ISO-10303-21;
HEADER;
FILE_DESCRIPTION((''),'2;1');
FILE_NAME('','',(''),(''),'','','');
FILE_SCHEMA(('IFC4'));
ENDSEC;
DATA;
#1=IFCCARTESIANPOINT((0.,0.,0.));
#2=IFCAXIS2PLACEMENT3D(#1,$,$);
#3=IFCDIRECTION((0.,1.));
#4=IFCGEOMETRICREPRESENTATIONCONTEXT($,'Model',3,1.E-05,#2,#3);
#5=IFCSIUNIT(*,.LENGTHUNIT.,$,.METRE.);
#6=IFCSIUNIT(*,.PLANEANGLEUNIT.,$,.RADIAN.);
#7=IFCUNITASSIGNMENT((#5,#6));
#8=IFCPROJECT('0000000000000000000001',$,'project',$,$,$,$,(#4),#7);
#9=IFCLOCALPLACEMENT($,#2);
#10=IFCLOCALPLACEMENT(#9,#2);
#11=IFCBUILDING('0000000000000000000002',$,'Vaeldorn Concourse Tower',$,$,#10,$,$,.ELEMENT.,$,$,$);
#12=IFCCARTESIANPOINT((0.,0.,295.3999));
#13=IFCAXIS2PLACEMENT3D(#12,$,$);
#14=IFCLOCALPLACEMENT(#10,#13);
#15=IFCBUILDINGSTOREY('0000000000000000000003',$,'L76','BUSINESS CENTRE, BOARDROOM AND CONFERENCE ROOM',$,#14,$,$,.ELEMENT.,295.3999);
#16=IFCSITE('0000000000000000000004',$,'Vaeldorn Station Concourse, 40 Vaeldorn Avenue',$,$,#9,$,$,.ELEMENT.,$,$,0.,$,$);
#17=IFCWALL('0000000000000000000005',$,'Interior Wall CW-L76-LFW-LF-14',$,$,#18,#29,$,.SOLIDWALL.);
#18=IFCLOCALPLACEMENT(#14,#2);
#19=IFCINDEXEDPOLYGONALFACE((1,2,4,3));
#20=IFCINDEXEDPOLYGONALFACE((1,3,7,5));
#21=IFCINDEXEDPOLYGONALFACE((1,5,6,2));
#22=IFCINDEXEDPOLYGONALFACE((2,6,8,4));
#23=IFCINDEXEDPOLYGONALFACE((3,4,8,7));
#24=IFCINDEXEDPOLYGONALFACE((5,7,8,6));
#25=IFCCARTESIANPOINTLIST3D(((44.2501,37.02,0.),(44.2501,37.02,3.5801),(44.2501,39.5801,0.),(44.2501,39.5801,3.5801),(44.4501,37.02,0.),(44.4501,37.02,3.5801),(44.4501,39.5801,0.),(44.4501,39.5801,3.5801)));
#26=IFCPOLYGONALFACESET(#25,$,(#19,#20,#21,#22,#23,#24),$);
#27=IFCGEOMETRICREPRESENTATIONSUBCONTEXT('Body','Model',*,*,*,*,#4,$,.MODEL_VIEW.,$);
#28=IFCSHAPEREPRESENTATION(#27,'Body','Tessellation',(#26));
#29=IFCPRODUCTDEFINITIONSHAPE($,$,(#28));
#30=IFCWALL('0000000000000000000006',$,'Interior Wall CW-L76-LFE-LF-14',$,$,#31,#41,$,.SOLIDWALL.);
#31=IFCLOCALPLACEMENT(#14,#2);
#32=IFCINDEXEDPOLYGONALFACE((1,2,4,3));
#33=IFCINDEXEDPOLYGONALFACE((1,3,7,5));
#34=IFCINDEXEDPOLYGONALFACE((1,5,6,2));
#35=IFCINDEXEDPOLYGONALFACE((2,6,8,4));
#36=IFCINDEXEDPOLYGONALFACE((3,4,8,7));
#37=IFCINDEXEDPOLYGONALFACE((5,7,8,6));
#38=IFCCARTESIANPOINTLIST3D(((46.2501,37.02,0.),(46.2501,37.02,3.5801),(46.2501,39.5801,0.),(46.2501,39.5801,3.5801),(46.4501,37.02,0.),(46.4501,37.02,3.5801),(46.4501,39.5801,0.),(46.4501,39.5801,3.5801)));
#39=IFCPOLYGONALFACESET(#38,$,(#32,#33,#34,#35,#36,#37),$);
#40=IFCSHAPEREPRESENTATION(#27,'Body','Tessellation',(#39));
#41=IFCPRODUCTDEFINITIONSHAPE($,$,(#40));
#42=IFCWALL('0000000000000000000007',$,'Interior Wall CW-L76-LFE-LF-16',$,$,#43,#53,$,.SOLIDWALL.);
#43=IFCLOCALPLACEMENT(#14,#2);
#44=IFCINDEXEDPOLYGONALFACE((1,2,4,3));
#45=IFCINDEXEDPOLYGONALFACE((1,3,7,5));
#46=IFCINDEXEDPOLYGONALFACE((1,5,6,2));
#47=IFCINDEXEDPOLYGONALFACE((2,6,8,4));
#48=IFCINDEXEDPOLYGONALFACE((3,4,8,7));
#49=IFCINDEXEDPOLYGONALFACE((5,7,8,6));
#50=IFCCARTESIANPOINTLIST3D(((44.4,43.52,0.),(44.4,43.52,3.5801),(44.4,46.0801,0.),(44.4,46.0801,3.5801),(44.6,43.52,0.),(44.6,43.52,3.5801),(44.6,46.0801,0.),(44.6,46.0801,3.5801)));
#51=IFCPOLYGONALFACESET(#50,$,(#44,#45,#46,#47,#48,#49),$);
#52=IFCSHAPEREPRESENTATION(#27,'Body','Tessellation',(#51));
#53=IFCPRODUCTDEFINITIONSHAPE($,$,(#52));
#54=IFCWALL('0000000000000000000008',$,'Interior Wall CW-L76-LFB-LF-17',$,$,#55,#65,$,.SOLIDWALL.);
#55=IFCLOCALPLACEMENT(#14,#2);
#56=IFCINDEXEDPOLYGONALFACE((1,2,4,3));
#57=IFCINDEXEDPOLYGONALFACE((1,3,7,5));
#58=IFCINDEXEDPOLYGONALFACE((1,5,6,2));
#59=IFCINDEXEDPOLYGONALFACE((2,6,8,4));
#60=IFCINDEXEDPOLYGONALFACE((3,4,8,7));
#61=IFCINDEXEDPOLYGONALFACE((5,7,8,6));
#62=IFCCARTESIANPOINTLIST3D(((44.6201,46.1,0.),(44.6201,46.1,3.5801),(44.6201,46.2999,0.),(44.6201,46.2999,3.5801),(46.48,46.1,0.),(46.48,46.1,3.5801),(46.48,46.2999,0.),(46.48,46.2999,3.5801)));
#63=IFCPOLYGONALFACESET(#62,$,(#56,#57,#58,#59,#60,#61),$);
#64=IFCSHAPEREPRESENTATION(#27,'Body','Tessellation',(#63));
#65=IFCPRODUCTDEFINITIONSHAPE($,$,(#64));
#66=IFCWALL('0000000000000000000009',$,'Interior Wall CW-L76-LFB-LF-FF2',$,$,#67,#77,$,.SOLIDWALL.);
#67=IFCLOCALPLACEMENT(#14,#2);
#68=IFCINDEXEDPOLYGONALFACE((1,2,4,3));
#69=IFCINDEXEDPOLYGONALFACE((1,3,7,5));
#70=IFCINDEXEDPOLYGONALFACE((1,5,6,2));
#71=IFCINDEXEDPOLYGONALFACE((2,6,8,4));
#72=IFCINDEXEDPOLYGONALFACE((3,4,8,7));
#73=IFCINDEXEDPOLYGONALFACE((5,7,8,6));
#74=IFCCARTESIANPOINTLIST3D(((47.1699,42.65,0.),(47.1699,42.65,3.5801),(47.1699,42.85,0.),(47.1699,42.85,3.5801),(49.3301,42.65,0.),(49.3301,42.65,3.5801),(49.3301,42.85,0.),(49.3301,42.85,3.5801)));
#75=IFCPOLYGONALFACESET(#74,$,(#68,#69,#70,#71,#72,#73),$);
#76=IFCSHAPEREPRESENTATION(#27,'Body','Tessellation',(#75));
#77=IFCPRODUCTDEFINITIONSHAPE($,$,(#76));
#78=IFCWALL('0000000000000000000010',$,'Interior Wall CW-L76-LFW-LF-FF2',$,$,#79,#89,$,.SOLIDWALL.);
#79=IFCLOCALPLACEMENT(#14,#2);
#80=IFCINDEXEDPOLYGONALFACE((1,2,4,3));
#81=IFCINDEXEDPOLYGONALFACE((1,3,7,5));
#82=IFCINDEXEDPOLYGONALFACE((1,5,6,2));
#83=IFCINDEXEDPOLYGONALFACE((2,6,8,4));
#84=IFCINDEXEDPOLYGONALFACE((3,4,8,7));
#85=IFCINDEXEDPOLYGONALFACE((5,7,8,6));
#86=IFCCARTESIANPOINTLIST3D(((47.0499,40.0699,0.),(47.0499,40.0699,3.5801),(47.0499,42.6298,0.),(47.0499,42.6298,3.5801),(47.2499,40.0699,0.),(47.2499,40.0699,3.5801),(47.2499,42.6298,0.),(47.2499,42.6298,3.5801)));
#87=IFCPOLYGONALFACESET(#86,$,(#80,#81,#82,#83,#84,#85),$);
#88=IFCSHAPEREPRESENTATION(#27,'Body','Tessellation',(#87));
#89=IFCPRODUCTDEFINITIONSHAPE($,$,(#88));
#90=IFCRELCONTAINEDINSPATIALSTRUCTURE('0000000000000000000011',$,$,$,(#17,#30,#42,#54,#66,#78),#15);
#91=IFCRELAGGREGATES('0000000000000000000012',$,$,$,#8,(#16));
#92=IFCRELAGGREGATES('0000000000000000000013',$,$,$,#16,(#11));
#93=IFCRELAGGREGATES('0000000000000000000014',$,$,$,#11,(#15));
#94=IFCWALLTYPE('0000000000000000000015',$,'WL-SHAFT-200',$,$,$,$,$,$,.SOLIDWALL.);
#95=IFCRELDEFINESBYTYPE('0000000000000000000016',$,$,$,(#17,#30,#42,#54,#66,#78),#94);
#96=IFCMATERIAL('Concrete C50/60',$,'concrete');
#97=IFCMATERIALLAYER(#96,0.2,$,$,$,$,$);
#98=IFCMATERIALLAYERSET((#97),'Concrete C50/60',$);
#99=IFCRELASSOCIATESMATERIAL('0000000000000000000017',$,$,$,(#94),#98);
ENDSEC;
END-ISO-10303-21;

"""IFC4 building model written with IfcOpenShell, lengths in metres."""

from ifc_helpers import new_model, si_unit, direction, frame, frame_2d, origin, place, context, subcontext, project, spatial, rectangle, extrude, material, layer, layer_set, type_object, element, save


model = new_model("IFC4")

# Units and contexts
model_context = context("Model", 3, precision=1e-05, world=origin(), true_north=direction((0.0, 1.0)))
body_context = subcontext(model_context, "Body", "Model", "MODEL_VIEW")
ifc_project = project(units=[si_unit("LENGTHUNIT", "METRE"), si_unit("PLANEANGLEUNIT", "RADIAN")], contexts=[model_context])

# Site, building, storey
site_placement = place(None, origin())
site = spatial("IfcSite", under=ifc_project, at=site_placement, Name="Vaeldorn Station Concourse, 40 Vaeldorn Avenue", CompositionType="ELEMENT", RefElevation=0.0)
building_placement = place(site_placement, origin())
building = spatial("IfcBuilding", under=site, at=building_placement, Name="Vaeldorn Concourse Tower", CompositionType="ELEMENT")
storey_placement = place(building_placement, frame((0.0, 0.0, 295.3999)))
storey = spatial("IfcBuildingStorey", under=building, at=storey_placement, Name="L76", Description="BUSINESS CENTRE, BOARDROOM AND CONFERENCE ROOM", CompositionType="ELEMENT", Elevation=295.3999)

# Shared definitions
ifc_material_1 = material(Name="Concrete C50/60", Category="concrete")

# Shared definitions
ifc_layer_1 = layer(ifc_material_1, 0.2)
ifc_layer_set_1 = layer_set([ifc_layer_1], Name="Concrete C50/60")
wall_type_1 = type_object("IfcWallType", Name="WL-SHAFT-200", PredefinedType="SOLIDWALL", material=ifc_layer_set_1)

# Walls
for number, where, z_axis, x_axis, name in (
    (1, (44.3501, 37.02, 0.0), (0.0, 0.0, 1.0), (0.0, 1.0, 0.0), "Interior Wall CW-L76-LFW-LF-14"),
    (2, (46.3501, 37.02, 0.0), (0.0, 0.0, 1.0), (0.0, 1.0, 0.0), "Interior Wall CW-L76-LFE-LF-14"),
    (3, (44.5, 43.52, 0.0), (0.0, 0.0, 1.0), (0.0, 1.0, 0.0), "Interior Wall CW-L76-LFE-LF-16"),
):
    element("IfcWall", number, at=place(storey_placement, frame(where, z_axis=z_axis, x_axis=x_axis)), inside=storey, type_object=wall_type_1, Name=name, PredefinedType="SOLIDWALL", context=body_context, shape_type="SweptSolid", body=[
        extrude(rectangle(XDim=2.5601, YDim=0.2, at=frame_2d((1.28, 0.0))), origin(), (0.0, 0.0, 1.0), 3.5801),
    ])

# Wall
wall_1_placement = place(storey_placement, frame((44.6201, 46.2, 0.0), z_axis=(0.0, 0.0, 1.0), x_axis=(1.0, 0.0, 0.0)))
element("IfcWall", 4, at=wall_1_placement, inside=storey, type_object=wall_type_1, Name="Interior Wall CW-L76-LFB-LF-17", PredefinedType="SOLIDWALL", context=body_context, shape_type="SweptSolid", body=[
    extrude(rectangle(XDim=1.8599, YDim=0.2, at=frame_2d((0.9299, 0.0))), origin(), (0.0, 0.0, 1.0), 3.5801),
])

# Walls
wall_2_placement = place(storey_placement, frame((47.1699, 42.75, 0.0), z_axis=(0.0, 0.0, 1.0), x_axis=(1.0, 0.0, 0.0)))
element("IfcWall", 5, at=wall_2_placement, inside=storey, type_object=wall_type_1, Name="Interior Wall CW-L76-LFB-LF-FF2", PredefinedType="SOLIDWALL", context=body_context, shape_type="SweptSolid", body=[
    extrude(rectangle(XDim=2.1602, YDim=0.2, at=frame_2d((1.0801, 0.0))), origin(), (0.0, 0.0, 1.0), 3.5801),
])
wall_3_placement = place(storey_placement, frame((47.1499, 40.0701, 0.0), z_axis=(0.0, 0.0, 1.0), x_axis=(0.0, 1.0, 0.0)))
element("IfcWall", 6, at=wall_3_placement, inside=storey, type_object=wall_type_1, Name="Interior Wall CW-L76-LFW-LF-FF2", PredefinedType="SOLIDWALL", context=body_context, shape_type="SweptSolid", body=[
    extrude(rectangle(XDim=2.5598, YDim=0.2, at=frame_2d((1.2798, 0.0))), origin(), (0.0, 0.0, 1.0), 3.5801),
])

save(model, "model.ifc")
